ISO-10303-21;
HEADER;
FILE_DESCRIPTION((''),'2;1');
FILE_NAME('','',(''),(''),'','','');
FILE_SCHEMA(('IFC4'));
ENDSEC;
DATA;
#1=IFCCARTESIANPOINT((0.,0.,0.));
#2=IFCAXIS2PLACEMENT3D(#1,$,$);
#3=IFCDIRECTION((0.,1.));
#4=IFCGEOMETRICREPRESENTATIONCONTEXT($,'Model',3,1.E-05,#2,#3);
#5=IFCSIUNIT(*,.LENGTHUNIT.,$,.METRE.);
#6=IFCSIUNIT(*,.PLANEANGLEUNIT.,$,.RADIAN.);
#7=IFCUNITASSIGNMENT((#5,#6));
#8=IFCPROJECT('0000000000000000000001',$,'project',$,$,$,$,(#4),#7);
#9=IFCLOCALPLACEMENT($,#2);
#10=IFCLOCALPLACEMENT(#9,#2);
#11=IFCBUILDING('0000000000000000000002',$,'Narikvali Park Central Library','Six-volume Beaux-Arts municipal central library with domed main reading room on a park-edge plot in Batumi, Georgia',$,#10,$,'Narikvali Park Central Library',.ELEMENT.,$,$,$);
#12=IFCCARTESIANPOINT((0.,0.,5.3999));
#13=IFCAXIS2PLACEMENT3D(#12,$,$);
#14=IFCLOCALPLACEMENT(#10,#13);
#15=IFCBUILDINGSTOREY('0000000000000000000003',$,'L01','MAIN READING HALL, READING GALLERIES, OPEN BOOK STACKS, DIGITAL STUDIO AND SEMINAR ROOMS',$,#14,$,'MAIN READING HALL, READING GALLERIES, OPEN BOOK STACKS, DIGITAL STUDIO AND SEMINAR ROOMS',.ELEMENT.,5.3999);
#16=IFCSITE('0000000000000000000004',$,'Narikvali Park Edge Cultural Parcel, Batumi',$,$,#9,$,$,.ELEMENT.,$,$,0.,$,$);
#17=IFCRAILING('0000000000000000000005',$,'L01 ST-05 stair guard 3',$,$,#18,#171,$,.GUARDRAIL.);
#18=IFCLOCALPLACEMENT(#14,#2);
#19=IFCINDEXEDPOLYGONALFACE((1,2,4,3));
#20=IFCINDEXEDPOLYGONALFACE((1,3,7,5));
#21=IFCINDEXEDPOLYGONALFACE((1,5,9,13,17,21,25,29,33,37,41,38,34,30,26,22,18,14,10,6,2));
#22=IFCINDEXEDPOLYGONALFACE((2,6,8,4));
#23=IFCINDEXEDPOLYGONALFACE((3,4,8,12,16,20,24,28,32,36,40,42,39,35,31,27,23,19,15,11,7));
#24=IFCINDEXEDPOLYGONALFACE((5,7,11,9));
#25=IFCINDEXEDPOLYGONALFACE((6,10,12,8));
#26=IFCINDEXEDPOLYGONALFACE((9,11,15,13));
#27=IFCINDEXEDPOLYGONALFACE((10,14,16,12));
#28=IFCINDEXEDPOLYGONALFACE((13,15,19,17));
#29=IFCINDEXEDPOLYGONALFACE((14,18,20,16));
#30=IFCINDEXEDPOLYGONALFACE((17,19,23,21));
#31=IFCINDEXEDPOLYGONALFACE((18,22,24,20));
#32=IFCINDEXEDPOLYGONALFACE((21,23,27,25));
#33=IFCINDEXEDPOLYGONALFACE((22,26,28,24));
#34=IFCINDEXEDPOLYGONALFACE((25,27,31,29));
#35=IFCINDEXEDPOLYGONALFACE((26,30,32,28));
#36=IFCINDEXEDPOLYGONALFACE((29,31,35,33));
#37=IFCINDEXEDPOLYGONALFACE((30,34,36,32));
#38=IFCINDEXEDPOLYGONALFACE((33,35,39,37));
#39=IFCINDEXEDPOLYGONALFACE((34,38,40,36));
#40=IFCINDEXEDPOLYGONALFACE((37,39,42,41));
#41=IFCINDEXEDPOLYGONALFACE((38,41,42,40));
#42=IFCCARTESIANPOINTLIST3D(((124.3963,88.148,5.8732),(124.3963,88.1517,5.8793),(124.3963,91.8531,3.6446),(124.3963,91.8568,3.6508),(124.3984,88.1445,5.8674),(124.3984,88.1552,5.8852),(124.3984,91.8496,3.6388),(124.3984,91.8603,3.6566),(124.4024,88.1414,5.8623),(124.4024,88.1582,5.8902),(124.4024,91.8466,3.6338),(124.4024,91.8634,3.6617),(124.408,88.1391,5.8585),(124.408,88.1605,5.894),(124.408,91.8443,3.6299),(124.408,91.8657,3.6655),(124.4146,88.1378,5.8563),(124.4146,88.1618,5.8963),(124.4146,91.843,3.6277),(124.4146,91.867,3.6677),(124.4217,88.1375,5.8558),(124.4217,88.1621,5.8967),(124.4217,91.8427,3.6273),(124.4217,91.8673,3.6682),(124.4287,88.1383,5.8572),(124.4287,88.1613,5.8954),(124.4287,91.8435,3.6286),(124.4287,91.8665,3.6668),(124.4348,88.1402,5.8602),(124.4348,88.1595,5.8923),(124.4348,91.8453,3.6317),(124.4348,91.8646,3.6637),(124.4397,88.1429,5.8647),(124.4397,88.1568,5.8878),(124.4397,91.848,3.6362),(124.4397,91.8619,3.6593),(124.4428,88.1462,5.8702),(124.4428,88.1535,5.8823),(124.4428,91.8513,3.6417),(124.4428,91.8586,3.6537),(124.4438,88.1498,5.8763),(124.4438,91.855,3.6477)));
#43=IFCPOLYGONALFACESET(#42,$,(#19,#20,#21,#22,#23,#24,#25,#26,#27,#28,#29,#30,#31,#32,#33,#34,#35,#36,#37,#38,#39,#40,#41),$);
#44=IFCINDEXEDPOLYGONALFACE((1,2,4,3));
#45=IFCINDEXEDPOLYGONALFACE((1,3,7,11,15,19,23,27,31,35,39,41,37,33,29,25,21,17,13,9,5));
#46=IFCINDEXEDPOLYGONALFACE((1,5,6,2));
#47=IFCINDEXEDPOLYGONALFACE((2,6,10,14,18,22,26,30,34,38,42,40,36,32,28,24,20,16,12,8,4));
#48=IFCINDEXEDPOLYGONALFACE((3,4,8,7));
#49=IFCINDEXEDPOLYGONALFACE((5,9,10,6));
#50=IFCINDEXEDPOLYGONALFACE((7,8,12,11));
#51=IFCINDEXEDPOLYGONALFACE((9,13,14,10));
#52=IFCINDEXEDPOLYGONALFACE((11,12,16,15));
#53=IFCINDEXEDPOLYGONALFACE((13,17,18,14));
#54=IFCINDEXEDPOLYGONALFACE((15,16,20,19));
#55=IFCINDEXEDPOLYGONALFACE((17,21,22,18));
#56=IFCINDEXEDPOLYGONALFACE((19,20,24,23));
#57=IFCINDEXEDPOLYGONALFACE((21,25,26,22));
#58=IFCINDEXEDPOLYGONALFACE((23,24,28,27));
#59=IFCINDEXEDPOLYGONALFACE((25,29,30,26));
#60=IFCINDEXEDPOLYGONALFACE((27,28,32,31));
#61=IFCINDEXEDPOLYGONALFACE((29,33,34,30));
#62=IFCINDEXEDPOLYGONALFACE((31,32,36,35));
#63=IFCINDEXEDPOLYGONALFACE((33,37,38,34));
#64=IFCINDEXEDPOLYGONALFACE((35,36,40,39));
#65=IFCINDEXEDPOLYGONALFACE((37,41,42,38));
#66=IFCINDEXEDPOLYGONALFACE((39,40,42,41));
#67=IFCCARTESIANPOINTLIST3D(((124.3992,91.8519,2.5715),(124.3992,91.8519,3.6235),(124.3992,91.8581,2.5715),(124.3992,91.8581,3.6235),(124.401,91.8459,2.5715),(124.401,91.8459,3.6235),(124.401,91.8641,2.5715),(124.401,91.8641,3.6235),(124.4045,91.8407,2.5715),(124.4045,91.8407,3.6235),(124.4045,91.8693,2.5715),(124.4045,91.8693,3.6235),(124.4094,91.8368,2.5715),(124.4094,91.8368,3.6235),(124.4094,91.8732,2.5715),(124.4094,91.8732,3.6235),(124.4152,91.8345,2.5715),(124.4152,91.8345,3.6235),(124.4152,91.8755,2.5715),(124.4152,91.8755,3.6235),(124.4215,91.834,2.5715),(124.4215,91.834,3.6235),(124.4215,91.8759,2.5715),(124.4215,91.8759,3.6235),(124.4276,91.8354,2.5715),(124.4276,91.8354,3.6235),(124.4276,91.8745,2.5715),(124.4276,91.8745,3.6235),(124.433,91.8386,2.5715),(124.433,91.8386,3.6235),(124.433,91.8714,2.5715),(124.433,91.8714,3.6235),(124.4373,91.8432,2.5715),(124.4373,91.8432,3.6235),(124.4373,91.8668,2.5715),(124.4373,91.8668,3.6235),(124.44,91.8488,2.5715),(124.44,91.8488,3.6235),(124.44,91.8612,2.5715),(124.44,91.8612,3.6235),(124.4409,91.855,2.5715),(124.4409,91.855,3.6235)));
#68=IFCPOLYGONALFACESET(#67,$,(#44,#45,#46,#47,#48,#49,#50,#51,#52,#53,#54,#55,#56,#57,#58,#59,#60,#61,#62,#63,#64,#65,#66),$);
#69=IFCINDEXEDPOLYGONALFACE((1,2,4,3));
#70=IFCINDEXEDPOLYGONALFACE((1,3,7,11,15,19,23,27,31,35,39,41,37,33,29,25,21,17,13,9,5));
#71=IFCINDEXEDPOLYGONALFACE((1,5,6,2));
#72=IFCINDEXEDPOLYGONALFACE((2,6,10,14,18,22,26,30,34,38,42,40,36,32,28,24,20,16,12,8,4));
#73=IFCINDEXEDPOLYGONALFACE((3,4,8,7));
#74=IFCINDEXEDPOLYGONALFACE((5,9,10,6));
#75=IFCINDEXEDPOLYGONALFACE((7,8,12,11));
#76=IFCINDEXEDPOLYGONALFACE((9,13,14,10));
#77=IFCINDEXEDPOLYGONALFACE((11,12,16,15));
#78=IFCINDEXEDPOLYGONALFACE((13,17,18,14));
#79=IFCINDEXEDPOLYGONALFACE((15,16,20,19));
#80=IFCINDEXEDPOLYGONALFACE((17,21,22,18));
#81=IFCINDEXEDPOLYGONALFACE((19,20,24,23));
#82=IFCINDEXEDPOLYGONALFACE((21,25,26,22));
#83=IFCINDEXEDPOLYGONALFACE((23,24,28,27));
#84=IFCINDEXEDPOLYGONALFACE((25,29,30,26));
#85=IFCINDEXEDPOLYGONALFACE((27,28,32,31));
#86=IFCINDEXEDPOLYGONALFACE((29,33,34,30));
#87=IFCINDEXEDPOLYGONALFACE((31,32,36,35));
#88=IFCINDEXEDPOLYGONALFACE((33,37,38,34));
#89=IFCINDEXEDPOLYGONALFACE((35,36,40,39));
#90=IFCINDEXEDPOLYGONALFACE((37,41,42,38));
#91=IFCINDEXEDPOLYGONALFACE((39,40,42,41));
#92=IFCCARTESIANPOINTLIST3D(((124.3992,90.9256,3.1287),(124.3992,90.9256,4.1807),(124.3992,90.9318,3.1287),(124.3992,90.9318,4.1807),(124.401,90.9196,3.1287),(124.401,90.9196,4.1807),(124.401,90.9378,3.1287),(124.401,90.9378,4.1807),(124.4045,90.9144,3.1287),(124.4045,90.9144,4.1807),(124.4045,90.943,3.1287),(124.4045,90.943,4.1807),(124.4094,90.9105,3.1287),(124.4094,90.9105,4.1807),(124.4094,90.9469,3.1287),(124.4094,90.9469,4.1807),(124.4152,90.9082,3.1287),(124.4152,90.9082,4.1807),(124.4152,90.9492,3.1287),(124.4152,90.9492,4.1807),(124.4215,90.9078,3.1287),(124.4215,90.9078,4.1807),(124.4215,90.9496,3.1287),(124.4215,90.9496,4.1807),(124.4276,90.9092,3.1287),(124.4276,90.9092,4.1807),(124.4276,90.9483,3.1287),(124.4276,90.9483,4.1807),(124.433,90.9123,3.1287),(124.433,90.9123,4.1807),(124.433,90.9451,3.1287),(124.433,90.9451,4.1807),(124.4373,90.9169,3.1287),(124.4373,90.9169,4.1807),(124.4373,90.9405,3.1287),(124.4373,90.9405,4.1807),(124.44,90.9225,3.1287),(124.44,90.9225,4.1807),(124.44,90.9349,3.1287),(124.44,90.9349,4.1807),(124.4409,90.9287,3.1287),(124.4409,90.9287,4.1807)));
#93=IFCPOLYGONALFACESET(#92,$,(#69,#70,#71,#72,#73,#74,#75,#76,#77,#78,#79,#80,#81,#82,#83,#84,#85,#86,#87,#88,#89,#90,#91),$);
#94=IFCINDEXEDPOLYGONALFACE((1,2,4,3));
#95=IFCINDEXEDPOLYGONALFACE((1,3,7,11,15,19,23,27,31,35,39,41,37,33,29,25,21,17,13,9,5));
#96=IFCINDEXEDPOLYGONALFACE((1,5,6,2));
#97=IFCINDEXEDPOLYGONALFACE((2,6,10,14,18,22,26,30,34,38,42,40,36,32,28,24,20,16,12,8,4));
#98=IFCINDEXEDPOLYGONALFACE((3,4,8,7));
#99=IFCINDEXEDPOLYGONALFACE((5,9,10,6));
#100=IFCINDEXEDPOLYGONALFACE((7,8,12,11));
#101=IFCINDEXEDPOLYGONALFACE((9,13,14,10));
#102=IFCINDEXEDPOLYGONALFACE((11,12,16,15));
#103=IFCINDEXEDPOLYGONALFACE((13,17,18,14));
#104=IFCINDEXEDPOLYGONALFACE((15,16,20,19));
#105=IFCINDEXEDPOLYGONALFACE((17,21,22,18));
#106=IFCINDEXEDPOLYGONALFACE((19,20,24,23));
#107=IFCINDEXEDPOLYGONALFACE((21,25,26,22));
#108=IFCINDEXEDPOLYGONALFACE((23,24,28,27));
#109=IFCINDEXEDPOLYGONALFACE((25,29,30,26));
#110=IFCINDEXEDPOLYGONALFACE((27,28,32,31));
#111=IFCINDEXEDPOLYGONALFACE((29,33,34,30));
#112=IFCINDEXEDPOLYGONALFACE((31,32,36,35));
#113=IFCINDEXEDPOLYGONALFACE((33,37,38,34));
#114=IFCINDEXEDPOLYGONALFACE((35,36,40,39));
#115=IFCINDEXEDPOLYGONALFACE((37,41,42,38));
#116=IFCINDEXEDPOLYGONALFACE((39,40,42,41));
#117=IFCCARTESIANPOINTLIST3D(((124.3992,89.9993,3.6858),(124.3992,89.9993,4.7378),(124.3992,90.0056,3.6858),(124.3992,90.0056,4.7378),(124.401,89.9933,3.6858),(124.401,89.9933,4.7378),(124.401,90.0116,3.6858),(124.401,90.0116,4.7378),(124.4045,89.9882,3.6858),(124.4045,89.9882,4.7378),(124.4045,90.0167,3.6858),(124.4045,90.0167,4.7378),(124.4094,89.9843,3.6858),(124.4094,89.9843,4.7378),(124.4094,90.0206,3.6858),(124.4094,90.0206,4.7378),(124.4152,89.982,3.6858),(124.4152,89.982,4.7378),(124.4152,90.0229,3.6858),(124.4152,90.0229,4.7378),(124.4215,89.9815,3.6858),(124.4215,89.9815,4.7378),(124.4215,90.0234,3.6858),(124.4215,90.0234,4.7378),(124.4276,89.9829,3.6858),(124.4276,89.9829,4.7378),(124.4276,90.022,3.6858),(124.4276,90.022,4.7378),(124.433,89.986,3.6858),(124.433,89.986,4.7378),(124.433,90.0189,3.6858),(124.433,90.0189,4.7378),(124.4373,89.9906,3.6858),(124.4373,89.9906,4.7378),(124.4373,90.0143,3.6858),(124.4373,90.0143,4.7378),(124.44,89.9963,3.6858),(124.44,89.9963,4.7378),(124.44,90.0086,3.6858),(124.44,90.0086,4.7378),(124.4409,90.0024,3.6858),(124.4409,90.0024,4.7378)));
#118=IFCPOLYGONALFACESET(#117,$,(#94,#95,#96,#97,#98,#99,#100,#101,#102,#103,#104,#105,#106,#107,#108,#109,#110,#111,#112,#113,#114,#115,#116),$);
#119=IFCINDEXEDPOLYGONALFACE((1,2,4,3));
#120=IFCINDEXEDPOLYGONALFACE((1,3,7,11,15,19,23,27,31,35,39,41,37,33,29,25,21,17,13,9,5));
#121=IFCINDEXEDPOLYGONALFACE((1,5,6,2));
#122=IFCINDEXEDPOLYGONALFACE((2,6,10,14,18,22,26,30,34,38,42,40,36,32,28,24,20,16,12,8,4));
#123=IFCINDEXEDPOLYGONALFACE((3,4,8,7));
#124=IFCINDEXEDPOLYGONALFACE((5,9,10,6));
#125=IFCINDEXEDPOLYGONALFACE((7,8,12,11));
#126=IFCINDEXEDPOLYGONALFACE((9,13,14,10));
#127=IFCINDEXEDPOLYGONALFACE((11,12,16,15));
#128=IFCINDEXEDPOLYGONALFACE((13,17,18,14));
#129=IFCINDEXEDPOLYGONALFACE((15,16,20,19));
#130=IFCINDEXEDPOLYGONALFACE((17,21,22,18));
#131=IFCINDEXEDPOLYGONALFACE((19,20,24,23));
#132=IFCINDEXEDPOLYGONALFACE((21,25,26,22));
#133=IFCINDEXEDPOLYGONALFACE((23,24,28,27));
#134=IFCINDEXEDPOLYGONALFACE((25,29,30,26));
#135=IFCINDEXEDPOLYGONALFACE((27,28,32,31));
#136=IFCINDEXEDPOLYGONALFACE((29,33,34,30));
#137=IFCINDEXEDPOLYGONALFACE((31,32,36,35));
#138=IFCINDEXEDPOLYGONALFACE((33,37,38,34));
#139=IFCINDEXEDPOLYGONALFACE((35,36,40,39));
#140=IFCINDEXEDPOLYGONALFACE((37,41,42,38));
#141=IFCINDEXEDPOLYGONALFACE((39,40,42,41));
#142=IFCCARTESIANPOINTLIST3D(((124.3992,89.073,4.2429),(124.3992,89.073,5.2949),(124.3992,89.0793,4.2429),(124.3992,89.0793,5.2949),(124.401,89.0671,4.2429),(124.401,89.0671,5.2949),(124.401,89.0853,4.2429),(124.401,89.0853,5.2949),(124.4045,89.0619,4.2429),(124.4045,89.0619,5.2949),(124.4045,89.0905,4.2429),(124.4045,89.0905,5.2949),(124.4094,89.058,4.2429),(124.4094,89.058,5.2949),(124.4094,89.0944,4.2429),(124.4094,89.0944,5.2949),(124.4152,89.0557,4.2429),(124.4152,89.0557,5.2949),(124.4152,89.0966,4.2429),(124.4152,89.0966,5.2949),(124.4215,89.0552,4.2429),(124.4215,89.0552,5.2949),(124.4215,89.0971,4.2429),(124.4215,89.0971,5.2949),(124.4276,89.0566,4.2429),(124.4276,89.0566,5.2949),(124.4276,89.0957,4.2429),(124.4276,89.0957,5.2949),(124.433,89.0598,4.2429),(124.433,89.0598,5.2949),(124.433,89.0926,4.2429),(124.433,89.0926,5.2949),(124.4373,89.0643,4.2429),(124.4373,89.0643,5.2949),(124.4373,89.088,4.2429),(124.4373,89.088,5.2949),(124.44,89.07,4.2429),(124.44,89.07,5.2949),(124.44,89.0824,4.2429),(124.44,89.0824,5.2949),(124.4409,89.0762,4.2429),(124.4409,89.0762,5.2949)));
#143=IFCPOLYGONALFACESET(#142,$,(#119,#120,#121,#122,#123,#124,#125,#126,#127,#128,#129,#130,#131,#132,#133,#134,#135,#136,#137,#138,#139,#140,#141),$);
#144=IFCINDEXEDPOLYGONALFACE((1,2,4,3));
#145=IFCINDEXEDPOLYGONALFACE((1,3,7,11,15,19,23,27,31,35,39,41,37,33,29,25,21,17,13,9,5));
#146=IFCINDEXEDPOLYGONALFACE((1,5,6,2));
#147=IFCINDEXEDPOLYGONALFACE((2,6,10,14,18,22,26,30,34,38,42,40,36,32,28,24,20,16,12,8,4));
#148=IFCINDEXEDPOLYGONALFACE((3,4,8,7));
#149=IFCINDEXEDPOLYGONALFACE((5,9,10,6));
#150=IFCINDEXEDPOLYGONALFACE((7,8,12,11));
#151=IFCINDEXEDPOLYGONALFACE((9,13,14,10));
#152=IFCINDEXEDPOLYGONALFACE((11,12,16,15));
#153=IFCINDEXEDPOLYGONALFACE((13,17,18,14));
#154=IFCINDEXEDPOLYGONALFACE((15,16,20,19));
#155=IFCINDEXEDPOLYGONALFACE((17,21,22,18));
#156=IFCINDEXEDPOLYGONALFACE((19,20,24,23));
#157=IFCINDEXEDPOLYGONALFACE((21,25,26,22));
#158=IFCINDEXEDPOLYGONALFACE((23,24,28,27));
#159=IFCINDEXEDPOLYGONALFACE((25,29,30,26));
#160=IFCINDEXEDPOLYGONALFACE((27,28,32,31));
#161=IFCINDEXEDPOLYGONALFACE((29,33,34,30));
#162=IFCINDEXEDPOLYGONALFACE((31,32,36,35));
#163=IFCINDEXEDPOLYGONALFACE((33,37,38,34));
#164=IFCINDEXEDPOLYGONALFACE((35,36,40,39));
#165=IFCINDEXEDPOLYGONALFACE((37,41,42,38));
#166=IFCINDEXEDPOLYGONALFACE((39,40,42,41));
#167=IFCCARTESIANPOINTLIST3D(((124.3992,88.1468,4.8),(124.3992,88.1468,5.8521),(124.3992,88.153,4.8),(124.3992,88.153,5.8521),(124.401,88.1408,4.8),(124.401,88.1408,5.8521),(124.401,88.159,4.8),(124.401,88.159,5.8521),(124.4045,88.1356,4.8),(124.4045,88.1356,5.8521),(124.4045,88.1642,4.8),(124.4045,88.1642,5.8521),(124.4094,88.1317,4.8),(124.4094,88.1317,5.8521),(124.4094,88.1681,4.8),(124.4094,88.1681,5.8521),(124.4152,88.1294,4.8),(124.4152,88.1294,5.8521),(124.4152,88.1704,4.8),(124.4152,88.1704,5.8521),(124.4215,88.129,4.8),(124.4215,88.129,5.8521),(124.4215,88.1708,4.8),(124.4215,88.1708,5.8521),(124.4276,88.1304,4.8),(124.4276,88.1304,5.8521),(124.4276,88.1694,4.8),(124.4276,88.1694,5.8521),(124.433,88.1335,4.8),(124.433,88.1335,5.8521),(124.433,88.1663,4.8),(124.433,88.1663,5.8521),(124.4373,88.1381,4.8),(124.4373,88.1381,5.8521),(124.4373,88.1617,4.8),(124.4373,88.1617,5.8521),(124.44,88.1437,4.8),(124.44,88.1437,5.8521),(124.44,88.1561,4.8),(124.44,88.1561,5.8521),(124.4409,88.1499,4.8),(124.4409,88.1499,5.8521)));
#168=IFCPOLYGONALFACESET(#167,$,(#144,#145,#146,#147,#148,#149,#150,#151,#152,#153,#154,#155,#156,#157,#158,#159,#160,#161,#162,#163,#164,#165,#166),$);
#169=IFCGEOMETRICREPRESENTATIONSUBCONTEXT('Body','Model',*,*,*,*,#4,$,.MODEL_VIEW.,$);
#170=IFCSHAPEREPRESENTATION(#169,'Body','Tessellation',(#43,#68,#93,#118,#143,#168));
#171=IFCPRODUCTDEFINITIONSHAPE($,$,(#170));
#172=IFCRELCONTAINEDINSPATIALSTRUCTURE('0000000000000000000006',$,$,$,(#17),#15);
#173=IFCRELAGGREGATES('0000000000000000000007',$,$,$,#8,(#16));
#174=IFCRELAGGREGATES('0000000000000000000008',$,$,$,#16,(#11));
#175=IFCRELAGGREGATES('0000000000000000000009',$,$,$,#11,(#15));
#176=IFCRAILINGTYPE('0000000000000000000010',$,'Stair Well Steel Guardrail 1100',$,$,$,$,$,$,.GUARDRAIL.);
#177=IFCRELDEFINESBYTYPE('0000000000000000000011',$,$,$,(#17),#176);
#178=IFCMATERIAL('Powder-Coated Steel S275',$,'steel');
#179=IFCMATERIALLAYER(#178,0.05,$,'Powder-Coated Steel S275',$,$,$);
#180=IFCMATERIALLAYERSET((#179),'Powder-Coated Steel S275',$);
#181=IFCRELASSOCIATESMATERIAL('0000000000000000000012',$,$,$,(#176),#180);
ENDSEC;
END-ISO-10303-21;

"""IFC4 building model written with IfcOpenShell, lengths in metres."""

from ifc_helpers import new_model, si_unit, direction, frame, origin, origin_2d, place, context, subcontext, project, spatial, circle, extrude, material, layer, layer_set, type_object, element, save


model = new_model("IFC4")

# Units and contexts
model_context = context("Model", 3, precision=1e-05, world=origin(), true_north=direction((0.0, 1.0)))
body_context = subcontext(model_context, "Body", "Model", "MODEL_VIEW")
ifc_project = project(units=[si_unit("LENGTHUNIT", "METRE"), si_unit("PLANEANGLEUNIT", "RADIAN")], contexts=[model_context])

# Site, building, storey
site_placement = place(None, origin())
site = spatial("IfcSite", under=ifc_project, at=site_placement, Name="Narikvali Park Edge Cultural Parcel, Batumi", CompositionType="ELEMENT", RefElevation=0.0)
building_placement = place(site_placement, origin())
building = spatial("IfcBuilding", under=site, at=building_placement, Name="Narikvali Park Central Library", Description="Six-volume Beaux-Arts municipal central library with domed main reading room on a park-edge plot in Batumi, Georgia", LongName="Narikvali Park Central Library", CompositionType="ELEMENT")
storey_placement = place(building_placement, frame((0.0, 0.0, 5.3999)))
storey = spatial("IfcBuildingStorey", under=building, at=storey_placement, Name="L01", Description="MAIN READING HALL, READING GALLERIES, OPEN BOOK STACKS, DIGITAL STUDIO AND SEMINAR ROOMS", LongName="MAIN READING HALL, READING GALLERIES, OPEN BOOK STACKS, DIGITAL STUDIO AND SEMINAR ROOMS", CompositionType="ELEMENT", Elevation=5.3999)

# Railing
ifc_material_1 = material(Name="Powder-Coated Steel S275", Category="steel")
ifc_layer_1 = layer(ifc_material_1, 0.05, Name="Powder-Coated Steel S275")
ifc_layer_set_1 = layer_set([ifc_layer_1], Name="Powder-Coated Steel S275")
railing_type_1 = type_object("IfcRailingType", Name="Stair Well Steel Guardrail 1100", PredefinedType="GUARDRAIL", material=ifc_layer_set_1)
railing_1_placement = place(storey_placement, frame((124.4199, 91.855, 2.5715)))
element("IfcRailing", 1, at=railing_1_placement, inside=storey, type_object=railing_type_1, Name="L01 ST-05 stair guard 3", PredefinedType="GUARDRAIL", context=body_context, shape_type="SweptSolid", body=[
    extrude(circle(Radius=0.0239, at=origin_2d()), frame((0.0, 0.0, 1.0762), z_axis=(0.0, -0.856934, 0.515425), x_axis=(1.0, 0.0, 0.0)), (0.0, 0.0, 1.0), 4.3237),
    extrude(circle(Radius=0.021, at=origin_2d()), origin(), (0.0, 0.0, 1.0), 1.052),
    extrude(circle(Radius=0.021, at=origin_2d()), frame((0.0, -0.9263, 0.5571)), (0.0, 0.0, 1.0), 1.052),
    extrude(circle(Radius=0.021, at=origin_2d()), frame((0.0, -1.8525, 1.1143)), (0.0, 0.0, 1.0), 1.052),
    extrude(circle(Radius=0.021, at=origin_2d()), frame((0.0, -2.7788, 1.6714)), (0.0, 0.0, 1.0), 1.052),
    extrude(circle(Radius=0.021, at=origin_2d()), frame((0.0, -3.7051, 2.2285)), (0.0, 0.0, 1.0), 1.052),
])

save(model, "model.ifc")
